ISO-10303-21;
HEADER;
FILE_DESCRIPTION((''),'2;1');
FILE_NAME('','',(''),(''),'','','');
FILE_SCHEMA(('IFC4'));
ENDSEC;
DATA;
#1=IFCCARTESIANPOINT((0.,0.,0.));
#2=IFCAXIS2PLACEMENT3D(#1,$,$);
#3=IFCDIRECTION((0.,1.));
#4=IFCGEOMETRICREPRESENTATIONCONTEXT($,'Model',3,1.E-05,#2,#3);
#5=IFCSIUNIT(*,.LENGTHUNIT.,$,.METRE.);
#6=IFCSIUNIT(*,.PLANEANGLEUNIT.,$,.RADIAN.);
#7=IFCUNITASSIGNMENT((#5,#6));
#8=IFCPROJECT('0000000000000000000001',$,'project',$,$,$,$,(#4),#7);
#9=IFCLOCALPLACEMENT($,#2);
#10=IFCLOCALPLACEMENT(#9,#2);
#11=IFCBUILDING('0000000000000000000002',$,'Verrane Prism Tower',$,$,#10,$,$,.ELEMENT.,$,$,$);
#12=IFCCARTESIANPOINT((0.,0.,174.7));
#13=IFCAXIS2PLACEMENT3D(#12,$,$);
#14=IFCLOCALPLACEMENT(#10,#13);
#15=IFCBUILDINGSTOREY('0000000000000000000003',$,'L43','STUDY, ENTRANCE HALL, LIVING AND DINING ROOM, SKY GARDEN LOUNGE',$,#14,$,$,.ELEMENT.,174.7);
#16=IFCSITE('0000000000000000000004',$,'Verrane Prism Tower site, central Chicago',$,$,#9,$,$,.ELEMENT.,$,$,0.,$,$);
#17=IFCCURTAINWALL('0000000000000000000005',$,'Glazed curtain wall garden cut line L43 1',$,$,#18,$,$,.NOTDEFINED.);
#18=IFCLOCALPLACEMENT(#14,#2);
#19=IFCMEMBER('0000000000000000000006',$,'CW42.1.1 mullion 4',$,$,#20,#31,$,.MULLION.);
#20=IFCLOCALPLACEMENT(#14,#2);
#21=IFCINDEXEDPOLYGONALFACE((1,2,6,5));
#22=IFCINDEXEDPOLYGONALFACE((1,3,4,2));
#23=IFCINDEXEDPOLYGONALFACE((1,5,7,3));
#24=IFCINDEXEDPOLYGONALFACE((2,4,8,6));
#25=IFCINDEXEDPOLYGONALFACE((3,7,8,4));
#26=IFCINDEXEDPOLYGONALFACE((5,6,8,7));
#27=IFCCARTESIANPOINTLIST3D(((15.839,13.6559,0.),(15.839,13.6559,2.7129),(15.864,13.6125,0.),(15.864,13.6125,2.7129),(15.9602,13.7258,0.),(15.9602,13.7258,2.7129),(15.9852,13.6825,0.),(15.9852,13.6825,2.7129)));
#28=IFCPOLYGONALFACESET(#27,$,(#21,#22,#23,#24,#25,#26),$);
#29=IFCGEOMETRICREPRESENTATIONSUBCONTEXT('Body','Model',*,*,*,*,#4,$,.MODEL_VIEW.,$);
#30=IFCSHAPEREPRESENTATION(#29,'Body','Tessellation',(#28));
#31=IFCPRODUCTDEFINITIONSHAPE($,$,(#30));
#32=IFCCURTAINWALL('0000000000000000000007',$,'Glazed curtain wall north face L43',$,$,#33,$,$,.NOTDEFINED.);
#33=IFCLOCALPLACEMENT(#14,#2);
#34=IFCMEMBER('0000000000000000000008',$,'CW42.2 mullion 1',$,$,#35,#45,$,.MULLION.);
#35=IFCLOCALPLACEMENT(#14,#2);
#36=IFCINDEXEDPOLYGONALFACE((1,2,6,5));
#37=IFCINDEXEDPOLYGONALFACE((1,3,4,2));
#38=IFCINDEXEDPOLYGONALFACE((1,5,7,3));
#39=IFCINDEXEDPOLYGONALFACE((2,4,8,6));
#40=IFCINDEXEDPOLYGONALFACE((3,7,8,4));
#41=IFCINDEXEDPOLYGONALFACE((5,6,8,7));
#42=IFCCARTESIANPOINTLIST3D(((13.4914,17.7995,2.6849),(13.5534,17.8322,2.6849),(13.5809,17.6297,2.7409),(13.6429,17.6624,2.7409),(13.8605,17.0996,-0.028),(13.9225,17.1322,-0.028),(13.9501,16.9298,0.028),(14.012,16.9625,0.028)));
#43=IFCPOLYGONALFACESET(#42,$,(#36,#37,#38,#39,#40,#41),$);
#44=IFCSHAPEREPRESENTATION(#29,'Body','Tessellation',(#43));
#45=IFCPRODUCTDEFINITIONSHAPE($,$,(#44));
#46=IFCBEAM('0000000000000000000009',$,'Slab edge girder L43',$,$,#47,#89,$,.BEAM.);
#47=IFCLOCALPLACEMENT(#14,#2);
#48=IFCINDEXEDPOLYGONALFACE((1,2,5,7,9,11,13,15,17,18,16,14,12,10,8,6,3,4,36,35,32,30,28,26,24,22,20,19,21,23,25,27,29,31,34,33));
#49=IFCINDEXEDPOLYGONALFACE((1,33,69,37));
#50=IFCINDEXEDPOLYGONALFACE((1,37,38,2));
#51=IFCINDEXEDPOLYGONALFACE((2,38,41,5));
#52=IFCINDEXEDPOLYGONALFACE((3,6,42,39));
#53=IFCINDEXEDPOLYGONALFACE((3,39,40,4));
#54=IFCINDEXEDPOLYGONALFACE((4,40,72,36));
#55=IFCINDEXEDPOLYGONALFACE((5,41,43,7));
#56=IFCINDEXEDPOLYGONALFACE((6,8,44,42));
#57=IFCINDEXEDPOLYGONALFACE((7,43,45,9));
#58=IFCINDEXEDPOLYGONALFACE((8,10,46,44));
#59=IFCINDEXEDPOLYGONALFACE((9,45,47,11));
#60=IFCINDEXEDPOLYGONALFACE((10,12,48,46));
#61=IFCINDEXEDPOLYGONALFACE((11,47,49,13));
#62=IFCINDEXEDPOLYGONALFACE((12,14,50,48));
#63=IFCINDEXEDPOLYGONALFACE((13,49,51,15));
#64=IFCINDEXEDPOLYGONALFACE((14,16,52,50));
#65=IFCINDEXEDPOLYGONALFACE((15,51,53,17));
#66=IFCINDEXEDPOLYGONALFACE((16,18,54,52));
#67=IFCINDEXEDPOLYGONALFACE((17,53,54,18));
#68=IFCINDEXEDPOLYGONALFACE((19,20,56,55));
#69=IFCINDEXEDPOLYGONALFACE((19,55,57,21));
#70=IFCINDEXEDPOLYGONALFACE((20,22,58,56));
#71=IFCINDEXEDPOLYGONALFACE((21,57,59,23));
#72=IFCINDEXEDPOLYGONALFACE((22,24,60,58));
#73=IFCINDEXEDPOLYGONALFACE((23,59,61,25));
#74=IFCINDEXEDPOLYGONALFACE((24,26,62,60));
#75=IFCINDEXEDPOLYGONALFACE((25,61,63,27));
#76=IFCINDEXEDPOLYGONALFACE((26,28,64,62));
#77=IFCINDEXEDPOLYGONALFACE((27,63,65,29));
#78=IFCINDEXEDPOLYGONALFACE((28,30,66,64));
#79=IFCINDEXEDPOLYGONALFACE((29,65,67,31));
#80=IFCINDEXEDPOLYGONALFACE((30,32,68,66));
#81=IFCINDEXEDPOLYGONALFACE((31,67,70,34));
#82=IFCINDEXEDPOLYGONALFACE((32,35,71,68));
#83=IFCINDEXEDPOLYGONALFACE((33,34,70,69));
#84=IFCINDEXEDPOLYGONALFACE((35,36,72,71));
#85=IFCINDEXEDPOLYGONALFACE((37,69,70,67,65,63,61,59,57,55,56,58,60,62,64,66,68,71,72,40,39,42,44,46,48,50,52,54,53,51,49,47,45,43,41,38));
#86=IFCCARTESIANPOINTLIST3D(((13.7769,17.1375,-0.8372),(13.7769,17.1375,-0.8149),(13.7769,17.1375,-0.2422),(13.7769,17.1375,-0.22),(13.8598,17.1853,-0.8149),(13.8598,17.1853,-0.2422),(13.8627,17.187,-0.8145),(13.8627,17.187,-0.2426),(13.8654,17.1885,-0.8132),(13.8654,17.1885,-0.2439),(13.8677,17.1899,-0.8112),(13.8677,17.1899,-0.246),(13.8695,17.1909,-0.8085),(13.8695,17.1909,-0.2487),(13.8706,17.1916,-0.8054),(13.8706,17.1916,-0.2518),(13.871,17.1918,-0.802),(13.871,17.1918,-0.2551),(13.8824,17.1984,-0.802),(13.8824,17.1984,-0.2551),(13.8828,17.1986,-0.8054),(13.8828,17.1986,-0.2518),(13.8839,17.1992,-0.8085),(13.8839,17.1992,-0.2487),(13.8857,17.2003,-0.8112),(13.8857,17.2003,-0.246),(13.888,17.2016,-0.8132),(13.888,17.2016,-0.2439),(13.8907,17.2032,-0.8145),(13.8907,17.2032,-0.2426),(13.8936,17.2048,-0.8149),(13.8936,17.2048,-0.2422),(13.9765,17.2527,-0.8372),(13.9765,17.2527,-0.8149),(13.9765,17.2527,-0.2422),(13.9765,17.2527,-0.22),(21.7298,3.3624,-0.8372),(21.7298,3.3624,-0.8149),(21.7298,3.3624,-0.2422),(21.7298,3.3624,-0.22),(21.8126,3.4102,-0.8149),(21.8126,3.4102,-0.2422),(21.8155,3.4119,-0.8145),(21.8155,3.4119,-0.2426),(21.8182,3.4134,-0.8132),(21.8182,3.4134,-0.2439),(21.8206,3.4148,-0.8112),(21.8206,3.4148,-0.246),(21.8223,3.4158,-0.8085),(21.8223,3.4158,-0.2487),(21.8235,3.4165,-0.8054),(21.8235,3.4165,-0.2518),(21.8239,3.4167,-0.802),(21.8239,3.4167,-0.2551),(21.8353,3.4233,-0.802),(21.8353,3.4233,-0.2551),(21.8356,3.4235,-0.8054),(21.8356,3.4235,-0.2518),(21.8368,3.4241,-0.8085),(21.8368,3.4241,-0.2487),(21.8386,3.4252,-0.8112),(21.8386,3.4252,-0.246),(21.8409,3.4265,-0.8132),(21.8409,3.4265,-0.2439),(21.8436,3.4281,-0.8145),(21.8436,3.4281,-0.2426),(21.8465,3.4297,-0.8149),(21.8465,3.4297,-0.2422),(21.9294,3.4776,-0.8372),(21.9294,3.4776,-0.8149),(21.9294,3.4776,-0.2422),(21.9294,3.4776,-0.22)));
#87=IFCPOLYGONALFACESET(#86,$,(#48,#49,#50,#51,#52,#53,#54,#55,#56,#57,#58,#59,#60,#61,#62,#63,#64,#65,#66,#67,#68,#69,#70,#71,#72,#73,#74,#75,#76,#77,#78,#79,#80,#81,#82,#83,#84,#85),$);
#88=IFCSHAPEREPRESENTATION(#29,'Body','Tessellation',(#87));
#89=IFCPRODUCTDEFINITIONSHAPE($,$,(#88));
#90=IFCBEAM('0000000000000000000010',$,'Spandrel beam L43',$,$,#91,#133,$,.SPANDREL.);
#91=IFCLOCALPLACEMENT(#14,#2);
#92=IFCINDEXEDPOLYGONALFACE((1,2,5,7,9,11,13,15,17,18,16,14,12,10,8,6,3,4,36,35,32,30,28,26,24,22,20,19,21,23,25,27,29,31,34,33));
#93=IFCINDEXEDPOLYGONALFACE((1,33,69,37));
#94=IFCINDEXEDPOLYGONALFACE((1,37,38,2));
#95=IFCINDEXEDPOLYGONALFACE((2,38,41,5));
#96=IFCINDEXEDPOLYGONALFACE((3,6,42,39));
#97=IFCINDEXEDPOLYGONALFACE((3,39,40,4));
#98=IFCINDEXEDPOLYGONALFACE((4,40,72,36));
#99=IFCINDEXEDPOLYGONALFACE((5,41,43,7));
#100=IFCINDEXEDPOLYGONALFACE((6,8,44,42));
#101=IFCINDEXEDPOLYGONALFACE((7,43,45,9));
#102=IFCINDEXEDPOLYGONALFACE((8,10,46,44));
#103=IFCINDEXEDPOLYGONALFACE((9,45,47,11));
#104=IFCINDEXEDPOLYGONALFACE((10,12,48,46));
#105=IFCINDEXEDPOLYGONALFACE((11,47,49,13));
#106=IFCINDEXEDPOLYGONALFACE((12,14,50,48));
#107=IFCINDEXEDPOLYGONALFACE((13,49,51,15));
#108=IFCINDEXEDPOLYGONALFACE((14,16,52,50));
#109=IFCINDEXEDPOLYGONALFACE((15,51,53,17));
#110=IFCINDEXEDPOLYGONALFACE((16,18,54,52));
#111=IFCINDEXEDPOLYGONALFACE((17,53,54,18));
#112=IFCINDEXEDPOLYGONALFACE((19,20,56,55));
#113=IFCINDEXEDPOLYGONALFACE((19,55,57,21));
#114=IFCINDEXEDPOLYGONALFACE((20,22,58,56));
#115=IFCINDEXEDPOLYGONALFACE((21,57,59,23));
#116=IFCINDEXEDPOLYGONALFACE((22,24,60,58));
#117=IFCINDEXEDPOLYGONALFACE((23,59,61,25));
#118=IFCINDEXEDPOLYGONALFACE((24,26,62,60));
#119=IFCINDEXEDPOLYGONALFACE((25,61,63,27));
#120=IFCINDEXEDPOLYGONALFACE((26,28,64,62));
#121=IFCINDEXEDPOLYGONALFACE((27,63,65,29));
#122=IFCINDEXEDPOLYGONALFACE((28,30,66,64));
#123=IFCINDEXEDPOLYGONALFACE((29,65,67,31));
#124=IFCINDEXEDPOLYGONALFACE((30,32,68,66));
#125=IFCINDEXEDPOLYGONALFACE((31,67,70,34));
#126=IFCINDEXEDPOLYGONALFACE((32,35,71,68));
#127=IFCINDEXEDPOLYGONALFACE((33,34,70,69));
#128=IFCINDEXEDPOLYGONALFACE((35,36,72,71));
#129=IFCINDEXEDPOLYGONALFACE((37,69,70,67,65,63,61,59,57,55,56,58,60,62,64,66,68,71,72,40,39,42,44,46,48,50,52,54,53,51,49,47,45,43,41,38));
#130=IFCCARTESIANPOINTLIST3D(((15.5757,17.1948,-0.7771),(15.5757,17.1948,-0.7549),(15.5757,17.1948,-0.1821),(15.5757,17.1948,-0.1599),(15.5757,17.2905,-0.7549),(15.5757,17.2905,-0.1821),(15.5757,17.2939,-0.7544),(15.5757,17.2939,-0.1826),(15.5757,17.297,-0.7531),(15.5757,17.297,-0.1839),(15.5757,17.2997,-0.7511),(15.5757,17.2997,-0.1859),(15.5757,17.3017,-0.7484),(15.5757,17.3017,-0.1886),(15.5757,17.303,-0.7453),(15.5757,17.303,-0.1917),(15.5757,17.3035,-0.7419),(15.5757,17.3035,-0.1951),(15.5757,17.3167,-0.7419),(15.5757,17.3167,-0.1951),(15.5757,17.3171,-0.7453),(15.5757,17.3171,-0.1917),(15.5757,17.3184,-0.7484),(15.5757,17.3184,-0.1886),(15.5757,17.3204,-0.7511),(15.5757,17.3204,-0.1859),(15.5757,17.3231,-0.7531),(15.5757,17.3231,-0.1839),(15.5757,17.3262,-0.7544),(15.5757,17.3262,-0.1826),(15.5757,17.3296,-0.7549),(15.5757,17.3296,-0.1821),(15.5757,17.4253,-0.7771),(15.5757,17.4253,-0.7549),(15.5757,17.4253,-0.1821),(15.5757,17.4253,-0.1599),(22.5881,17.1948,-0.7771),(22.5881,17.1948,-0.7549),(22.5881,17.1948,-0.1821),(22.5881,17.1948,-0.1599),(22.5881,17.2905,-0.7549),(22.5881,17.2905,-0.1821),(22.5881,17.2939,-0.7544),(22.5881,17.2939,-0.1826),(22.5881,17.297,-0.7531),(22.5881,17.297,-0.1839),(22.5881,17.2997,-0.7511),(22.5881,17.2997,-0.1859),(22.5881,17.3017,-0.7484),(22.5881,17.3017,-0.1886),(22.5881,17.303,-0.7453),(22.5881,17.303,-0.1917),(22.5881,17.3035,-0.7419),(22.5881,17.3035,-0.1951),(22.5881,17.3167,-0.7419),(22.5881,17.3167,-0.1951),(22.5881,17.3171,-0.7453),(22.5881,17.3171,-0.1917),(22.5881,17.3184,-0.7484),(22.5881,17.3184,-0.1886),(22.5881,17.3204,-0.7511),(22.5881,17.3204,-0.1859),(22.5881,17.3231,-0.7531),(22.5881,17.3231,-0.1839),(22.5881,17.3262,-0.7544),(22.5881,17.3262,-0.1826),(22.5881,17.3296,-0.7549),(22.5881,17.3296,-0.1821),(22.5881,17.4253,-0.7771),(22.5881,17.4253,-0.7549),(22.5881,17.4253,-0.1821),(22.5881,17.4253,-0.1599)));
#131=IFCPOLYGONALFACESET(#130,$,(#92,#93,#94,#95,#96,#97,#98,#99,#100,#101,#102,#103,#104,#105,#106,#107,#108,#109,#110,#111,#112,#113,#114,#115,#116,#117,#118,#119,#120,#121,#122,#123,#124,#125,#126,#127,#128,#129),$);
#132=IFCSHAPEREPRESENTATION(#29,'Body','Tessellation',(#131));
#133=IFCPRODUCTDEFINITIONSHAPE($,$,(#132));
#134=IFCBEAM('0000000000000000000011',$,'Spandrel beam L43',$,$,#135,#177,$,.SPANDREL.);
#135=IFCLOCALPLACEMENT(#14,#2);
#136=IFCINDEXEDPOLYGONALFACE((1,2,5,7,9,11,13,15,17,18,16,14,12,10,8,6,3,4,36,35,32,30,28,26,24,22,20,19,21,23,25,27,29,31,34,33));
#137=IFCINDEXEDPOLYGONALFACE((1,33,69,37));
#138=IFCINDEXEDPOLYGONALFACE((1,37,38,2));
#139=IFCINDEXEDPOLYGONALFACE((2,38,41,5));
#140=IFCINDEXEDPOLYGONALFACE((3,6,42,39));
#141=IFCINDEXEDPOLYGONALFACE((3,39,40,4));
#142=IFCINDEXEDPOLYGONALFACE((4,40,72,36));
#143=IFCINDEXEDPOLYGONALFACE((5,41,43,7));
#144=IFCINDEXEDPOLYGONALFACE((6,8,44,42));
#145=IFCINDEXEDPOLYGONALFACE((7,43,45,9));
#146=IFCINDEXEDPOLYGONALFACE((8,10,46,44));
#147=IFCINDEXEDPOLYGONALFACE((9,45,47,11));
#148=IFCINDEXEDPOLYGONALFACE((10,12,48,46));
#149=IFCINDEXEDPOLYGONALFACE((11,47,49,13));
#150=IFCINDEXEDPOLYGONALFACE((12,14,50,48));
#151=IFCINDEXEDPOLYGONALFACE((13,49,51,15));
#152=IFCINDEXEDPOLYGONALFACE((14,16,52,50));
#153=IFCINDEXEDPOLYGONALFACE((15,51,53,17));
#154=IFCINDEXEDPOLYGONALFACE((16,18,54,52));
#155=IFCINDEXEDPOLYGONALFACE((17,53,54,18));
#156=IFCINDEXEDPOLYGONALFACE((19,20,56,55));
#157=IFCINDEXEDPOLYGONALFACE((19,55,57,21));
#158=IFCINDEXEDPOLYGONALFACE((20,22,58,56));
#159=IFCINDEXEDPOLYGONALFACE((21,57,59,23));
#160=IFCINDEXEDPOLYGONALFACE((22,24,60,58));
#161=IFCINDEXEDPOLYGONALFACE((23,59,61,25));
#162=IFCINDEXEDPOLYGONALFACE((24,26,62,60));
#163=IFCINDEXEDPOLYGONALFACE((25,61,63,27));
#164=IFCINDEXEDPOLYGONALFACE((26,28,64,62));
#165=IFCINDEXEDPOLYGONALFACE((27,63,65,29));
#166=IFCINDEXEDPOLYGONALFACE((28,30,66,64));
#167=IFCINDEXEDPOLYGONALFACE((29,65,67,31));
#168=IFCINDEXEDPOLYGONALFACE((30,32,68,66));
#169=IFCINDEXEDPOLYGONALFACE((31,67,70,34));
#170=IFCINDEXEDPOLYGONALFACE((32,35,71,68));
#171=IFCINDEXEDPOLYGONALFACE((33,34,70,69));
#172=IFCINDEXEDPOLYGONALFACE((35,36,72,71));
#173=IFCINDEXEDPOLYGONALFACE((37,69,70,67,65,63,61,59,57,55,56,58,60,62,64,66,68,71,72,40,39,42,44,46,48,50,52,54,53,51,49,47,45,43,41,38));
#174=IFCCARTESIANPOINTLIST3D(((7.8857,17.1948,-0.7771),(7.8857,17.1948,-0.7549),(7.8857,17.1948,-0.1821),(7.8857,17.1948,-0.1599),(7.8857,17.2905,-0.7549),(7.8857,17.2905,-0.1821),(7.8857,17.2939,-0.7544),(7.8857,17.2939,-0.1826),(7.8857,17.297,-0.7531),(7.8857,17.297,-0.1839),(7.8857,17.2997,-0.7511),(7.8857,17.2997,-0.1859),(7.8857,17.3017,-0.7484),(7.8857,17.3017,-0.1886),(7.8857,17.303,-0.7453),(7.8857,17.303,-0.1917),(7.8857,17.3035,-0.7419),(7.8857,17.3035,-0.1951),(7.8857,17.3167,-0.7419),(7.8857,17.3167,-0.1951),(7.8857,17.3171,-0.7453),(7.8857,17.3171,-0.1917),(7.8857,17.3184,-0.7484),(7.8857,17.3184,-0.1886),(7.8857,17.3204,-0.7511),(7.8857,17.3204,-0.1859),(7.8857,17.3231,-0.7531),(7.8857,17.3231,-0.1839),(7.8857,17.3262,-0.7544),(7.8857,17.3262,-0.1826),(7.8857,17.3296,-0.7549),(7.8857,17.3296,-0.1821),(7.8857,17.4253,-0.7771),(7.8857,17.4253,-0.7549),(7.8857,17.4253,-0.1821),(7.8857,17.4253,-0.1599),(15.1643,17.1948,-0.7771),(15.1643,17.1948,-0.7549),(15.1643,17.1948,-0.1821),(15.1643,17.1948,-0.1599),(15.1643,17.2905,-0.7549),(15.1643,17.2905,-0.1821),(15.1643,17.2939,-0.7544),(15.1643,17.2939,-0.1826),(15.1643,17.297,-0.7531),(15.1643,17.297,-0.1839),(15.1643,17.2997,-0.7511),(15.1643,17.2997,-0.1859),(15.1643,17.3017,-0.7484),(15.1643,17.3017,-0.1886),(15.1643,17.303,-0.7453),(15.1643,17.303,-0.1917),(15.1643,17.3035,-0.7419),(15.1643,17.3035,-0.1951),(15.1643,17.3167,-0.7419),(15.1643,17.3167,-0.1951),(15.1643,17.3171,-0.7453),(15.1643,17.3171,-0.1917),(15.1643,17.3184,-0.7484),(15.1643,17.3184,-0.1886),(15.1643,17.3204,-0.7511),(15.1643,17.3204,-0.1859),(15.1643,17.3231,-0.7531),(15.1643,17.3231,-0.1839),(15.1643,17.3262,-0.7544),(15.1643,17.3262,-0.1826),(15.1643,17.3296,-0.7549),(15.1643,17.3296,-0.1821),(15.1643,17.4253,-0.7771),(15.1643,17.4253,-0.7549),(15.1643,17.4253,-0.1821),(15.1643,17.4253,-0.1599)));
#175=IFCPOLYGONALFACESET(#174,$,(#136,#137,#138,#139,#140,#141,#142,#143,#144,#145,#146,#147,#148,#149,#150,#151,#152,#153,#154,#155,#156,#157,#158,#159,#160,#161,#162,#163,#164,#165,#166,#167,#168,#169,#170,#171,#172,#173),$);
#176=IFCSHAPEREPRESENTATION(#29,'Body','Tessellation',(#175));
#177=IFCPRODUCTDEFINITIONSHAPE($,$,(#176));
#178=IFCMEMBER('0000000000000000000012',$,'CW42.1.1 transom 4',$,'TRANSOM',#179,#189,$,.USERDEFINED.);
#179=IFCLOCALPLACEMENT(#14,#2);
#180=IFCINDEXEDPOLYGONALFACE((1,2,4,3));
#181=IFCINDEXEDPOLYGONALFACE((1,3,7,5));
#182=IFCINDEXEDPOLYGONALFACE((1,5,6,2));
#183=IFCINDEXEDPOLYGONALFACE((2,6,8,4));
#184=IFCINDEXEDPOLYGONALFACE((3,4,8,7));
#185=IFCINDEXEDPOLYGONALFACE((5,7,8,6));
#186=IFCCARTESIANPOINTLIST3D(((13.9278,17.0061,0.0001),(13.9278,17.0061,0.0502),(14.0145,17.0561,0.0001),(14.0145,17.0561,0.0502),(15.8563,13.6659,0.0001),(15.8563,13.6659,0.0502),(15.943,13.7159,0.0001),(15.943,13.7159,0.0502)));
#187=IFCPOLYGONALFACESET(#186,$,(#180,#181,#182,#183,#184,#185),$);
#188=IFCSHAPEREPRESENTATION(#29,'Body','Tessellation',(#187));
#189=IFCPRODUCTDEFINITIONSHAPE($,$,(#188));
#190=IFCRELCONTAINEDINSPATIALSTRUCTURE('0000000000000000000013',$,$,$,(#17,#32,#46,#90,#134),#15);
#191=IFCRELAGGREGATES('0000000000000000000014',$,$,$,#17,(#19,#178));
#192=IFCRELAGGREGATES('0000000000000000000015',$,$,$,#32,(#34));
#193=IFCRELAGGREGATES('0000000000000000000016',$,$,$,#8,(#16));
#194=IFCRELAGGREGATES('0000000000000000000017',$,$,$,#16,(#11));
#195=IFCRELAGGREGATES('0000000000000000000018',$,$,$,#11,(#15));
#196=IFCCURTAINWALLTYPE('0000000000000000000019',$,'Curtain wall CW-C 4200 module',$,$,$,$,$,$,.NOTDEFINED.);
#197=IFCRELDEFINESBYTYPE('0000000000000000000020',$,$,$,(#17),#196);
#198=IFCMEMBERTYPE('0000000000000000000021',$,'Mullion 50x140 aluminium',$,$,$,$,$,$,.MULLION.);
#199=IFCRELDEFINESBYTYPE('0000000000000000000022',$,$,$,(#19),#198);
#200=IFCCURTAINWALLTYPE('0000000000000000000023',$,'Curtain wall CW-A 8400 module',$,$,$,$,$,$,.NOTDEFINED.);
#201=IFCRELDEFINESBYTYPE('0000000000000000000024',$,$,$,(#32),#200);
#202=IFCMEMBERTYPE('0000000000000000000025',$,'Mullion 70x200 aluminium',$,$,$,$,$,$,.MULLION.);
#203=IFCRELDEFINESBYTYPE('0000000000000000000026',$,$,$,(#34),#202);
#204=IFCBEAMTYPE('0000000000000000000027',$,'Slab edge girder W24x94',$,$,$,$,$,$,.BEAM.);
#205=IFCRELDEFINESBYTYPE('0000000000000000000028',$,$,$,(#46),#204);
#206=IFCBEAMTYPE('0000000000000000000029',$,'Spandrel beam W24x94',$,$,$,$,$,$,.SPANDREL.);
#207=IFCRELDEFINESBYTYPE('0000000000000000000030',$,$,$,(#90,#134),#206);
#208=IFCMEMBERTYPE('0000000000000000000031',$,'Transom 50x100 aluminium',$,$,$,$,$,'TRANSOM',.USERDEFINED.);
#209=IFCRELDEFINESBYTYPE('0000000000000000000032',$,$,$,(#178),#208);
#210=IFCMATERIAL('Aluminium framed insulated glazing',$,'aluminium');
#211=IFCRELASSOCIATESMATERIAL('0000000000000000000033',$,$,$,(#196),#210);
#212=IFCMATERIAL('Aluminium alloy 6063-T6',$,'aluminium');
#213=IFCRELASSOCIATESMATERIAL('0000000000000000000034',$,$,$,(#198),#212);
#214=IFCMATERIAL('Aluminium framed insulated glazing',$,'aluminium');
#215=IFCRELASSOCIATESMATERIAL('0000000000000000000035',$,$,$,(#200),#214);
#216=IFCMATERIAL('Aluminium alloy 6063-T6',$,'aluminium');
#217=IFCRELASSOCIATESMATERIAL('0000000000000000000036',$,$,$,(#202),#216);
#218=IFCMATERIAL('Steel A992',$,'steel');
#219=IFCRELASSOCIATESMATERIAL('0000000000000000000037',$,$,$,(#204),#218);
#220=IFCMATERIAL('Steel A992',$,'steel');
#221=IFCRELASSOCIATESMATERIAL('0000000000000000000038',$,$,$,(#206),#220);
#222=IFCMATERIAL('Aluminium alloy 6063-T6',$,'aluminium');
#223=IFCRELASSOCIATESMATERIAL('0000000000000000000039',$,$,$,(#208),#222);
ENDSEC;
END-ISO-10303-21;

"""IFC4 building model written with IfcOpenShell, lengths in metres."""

from ifc_helpers import new_model, si_unit, direction, frame, origin, origin_2d, place, context, subcontext, project, spatial, rectangle, i_section, extrude, material, material_profile, profile_set, type_object, element, aggregate, save


model = new_model("IFC4")

# Units and contexts
model_context = context("Model", 3, precision=1e-05, world=origin(), true_north=direction((0.0, 1.0)))
body_context = subcontext(model_context, "Body", "Model", "MODEL_VIEW")
ifc_project = project(units=[si_unit("LENGTHUNIT", "METRE"), si_unit("PLANEANGLEUNIT", "RADIAN")], contexts=[model_context])

# Site, building, storey
site_placement = place(None, origin())
site = spatial("IfcSite", under=ifc_project, at=site_placement, Name="Verrane Prism Tower site, central Chicago", CompositionType="ELEMENT", RefElevation=0.0)
building_placement = place(site_placement, origin())
building = spatial("IfcBuilding", under=site, at=building_placement, Name="Verrane Prism Tower", CompositionType="ELEMENT")
storey_placement = place(building_placement, frame((0.0, 0.0, 174.7)))
storey = spatial("IfcBuildingStorey", under=building, at=storey_placement, Name="L43", Description="STUDY, ENTRANCE HALL, LIVING AND DINING ROOM, SKY GARDEN LOUNGE", CompositionType="ELEMENT", Elevation=174.7)

# Curtain walls, members
ifc_material_1 = material(Name="Aluminium framed insulated glazing", Category="aluminium")
curtain_wall_type_1 = type_object("IfcCurtainWallType", Name="Curtain wall CW-C 4200 module", PredefinedType="NOTDEFINED", material=ifc_material_1)
curtain_wall_1_placement = place(storey_placement, origin())
curtain_wall_1 = element("IfcCurtainWall", 1, at=curtain_wall_1_placement, inside=storey, type_object=curtain_wall_type_1, Name="Glazed curtain wall garden cut line L43 1", PredefinedType="NOTDEFINED")
ifc_material_2 = material(Name="Aluminium alloy 6063-T6", Category="aluminium")
ifc_material_profile_1 = material_profile(ifc_material_2, rectangle(XDim=0.1399, YDim=0.05, at=origin_2d()), Name="Mullion 50x140 aluminium")
ifc_profile_set_1 = profile_set([ifc_material_profile_1], Name="Aluminium alloy 6063-T6")
member_type_1 = type_object("IfcMemberType", Name="Mullion 50x140 aluminium", PredefinedType="MULLION", material=ifc_profile_set_1)
member_1_placement = place(storey_placement, frame((15.9121, 13.6692, 0.0), z_axis=(0.0, 0.0, 1.0), x_axis=(-0.866026, -0.499999, 0.0)))
member_1 = element("IfcMember", 2, at=member_1_placement, type_object=member_type_1, Name="CW42.1.1 mullion 4", PredefinedType="MULLION", context=body_context, shape_type="SweptSolid", body=[
    extrude(rectangle(XDim=0.1399, YDim=0.05, at=origin_2d()), origin(), (0.0, 0.0, 1.0), 2.7129),
])
ifc_material_3 = material(Name="Aluminium framed insulated glazing", Category="aluminium")
curtain_wall_type_2 = type_object("IfcCurtainWallType", Name="Curtain wall CW-A 8400 module", PredefinedType="NOTDEFINED", material=ifc_material_3)
curtain_wall_2_placement = place(storey_placement, origin())
curtain_wall_2 = element("IfcCurtainWall", 3, at=curtain_wall_2_placement, inside=storey, type_object=curtain_wall_type_2, Name="Glazed curtain wall north face L43", PredefinedType="NOTDEFINED")
ifc_material_4 = material(Name="Aluminium alloy 6063-T6", Category="aluminium")
ifc_material_profile_2 = material_profile(ifc_material_4, rectangle(XDim=0.2, YDim=0.0701, at=origin_2d()), Name="Mullion 70x200 aluminium")
ifc_profile_set_2 = profile_set([ifc_material_profile_2], Name="Aluminium alloy 6063-T6")
member_type_2 = type_object("IfcMemberType", Name="Mullion 70x200 aluminium", PredefinedType="MULLION", material=ifc_profile_set_2)
member_2_placement = place(storey_placement, frame((13.9363, 17.031, 0.0), z_axis=(-0.130625, 0.247687, 0.959994), x_axis=(-0.447821, 0.849143, -0.280022)))
member_2 = element("IfcMember", 4, at=member_2_placement, type_object=member_type_2, Name="CW42.2 mullion 1", PredefinedType="MULLION", context=body_context, shape_type="SweptSolid", body=[
    extrude(rectangle(XDim=0.2, YDim=0.0701, at=origin_2d()), origin(), (0.0, 0.0, 1.0), 2.8259),
])

# Beams
ifc_material_5 = material(Name="Steel A992", Category="steel")
ifc_material_profile_3 = material_profile(ifc_material_5, i_section(OverallWidth=0.2305, OverallDepth=0.6172, WebThickness=0.0132, FlangeThickness=0.0222, FilletRadius=0.0129, at=origin_2d()), Name="W24x94")
ifc_profile_set_3 = profile_set([ifc_material_profile_3], Name="Steel A992")
beam_type_1 = type_object("IfcBeamType", Name="Slab edge girder W24x94", PredefinedType="BEAM", material=ifc_profile_set_3)
beam_1_placement = place(storey_placement, frame((13.8767, 17.1951, -0.5286), z_axis=(0.49999, -0.866031, 0.0), x_axis=(0.866031, 0.49999, 0.0)))
element("IfcBeam", 5, at=beam_1_placement, inside=storey, type_object=beam_type_1, Name="Slab edge girder L43", PredefinedType="BEAM", context=body_context, shape_type="SweptSolid", body=[
    extrude(i_section(OverallWidth=0.2305, OverallDepth=0.6172, WebThickness=0.0132, FlangeThickness=0.0222, FilletRadius=0.0129, at=origin_2d()), origin(), (0.0, 0.0, 1.0), 15.906),
])
ifc_material_6 = material(Name="Steel A992", Category="steel")
ifc_material_profile_4 = material_profile(ifc_material_6, i_section(OverallWidth=0.2305, OverallDepth=0.6172, WebThickness=0.0132, FlangeThickness=0.0222, FilletRadius=0.0129, at=origin_2d()), Name="W24x94")
ifc_profile_set_4 = profile_set([ifc_material_profile_4], Name="Steel A992")
beam_type_2 = type_object("IfcBeamType", Name="Spandrel beam W24x94", PredefinedType="SPANDREL", material=ifc_profile_set_4)
beam_2_placement = place(storey_placement, frame((22.5881, 17.3101, -0.4685), z_axis=(-1.0, 0.0, 0.0), x_axis=(0.0, -1.0, 0.0)))
element("IfcBeam", 6, at=beam_2_placement, inside=storey, type_object=beam_type_2, Name="Spandrel beam L43", PredefinedType="SPANDREL", context=body_context, shape_type="SweptSolid", body=[
    extrude(i_section(OverallWidth=0.2305, OverallDepth=0.6172, WebThickness=0.0132, FlangeThickness=0.0222, FilletRadius=0.0129, at=origin_2d()), origin(), (0.0, 0.0, 1.0), 7.0125),
])
beam_3_placement = place(storey_placement, frame((15.1643, 17.3101, -0.4685), z_axis=(-1.0, 0.0, 0.0), x_axis=(0.0, -1.0, 0.0)))
element("IfcBeam", 7, at=beam_3_placement, inside=storey, type_object=beam_type_2, Name="Spandrel beam L43", PredefinedType="SPANDREL", context=body_context, shape_type="SweptSolid", body=[
    extrude(i_section(OverallWidth=0.2305, OverallDepth=0.6172, WebThickness=0.0132, FlangeThickness=0.0222, FilletRadius=0.0129, at=origin_2d()), origin(), (0.0, 0.0, 1.0), 7.2786),
])

# Member
ifc_material_7 = material(Name="Aluminium alloy 6063-T6", Category="aluminium")
ifc_material_profile_5 = material_profile(ifc_material_7, rectangle(XDim=0.1001, YDim=0.05, at=origin_2d()), Name="Transom 50x100 aluminium")
ifc_profile_set_5 = profile_set([ifc_material_profile_5], Name="Aluminium alloy 6063-T6")
member_type_3 = type_object("IfcMemberType", Name="Transom 50x100 aluminium", ElementType="TRANSOM", PredefinedType="USERDEFINED", material=ifc_profile_set_5)
member_3_placement = place(storey_placement, frame((15.8997, 13.6909, 0.0251), z_axis=(-0.500013, 0.866018, 0.0), x_axis=(-0.866018, -0.500013, 0.0)))
member_3 = element("IfcMember", 8, at=member_3_placement, type_object=member_type_3, Name="CW42.1.1 transom 4", ObjectType="TRANSOM", PredefinedType="USERDEFINED", context=body_context, shape_type="SweptSolid", body=[
    extrude(rectangle(XDim=0.1001, YDim=0.05, at=origin_2d()), origin(), (0.0, 0.0, 1.0), 3.8569),
])

aggregate(curtain_wall_1, [member_1, member_3])
aggregate(curtain_wall_2, [member_2])

save(model, "model.ifc")
